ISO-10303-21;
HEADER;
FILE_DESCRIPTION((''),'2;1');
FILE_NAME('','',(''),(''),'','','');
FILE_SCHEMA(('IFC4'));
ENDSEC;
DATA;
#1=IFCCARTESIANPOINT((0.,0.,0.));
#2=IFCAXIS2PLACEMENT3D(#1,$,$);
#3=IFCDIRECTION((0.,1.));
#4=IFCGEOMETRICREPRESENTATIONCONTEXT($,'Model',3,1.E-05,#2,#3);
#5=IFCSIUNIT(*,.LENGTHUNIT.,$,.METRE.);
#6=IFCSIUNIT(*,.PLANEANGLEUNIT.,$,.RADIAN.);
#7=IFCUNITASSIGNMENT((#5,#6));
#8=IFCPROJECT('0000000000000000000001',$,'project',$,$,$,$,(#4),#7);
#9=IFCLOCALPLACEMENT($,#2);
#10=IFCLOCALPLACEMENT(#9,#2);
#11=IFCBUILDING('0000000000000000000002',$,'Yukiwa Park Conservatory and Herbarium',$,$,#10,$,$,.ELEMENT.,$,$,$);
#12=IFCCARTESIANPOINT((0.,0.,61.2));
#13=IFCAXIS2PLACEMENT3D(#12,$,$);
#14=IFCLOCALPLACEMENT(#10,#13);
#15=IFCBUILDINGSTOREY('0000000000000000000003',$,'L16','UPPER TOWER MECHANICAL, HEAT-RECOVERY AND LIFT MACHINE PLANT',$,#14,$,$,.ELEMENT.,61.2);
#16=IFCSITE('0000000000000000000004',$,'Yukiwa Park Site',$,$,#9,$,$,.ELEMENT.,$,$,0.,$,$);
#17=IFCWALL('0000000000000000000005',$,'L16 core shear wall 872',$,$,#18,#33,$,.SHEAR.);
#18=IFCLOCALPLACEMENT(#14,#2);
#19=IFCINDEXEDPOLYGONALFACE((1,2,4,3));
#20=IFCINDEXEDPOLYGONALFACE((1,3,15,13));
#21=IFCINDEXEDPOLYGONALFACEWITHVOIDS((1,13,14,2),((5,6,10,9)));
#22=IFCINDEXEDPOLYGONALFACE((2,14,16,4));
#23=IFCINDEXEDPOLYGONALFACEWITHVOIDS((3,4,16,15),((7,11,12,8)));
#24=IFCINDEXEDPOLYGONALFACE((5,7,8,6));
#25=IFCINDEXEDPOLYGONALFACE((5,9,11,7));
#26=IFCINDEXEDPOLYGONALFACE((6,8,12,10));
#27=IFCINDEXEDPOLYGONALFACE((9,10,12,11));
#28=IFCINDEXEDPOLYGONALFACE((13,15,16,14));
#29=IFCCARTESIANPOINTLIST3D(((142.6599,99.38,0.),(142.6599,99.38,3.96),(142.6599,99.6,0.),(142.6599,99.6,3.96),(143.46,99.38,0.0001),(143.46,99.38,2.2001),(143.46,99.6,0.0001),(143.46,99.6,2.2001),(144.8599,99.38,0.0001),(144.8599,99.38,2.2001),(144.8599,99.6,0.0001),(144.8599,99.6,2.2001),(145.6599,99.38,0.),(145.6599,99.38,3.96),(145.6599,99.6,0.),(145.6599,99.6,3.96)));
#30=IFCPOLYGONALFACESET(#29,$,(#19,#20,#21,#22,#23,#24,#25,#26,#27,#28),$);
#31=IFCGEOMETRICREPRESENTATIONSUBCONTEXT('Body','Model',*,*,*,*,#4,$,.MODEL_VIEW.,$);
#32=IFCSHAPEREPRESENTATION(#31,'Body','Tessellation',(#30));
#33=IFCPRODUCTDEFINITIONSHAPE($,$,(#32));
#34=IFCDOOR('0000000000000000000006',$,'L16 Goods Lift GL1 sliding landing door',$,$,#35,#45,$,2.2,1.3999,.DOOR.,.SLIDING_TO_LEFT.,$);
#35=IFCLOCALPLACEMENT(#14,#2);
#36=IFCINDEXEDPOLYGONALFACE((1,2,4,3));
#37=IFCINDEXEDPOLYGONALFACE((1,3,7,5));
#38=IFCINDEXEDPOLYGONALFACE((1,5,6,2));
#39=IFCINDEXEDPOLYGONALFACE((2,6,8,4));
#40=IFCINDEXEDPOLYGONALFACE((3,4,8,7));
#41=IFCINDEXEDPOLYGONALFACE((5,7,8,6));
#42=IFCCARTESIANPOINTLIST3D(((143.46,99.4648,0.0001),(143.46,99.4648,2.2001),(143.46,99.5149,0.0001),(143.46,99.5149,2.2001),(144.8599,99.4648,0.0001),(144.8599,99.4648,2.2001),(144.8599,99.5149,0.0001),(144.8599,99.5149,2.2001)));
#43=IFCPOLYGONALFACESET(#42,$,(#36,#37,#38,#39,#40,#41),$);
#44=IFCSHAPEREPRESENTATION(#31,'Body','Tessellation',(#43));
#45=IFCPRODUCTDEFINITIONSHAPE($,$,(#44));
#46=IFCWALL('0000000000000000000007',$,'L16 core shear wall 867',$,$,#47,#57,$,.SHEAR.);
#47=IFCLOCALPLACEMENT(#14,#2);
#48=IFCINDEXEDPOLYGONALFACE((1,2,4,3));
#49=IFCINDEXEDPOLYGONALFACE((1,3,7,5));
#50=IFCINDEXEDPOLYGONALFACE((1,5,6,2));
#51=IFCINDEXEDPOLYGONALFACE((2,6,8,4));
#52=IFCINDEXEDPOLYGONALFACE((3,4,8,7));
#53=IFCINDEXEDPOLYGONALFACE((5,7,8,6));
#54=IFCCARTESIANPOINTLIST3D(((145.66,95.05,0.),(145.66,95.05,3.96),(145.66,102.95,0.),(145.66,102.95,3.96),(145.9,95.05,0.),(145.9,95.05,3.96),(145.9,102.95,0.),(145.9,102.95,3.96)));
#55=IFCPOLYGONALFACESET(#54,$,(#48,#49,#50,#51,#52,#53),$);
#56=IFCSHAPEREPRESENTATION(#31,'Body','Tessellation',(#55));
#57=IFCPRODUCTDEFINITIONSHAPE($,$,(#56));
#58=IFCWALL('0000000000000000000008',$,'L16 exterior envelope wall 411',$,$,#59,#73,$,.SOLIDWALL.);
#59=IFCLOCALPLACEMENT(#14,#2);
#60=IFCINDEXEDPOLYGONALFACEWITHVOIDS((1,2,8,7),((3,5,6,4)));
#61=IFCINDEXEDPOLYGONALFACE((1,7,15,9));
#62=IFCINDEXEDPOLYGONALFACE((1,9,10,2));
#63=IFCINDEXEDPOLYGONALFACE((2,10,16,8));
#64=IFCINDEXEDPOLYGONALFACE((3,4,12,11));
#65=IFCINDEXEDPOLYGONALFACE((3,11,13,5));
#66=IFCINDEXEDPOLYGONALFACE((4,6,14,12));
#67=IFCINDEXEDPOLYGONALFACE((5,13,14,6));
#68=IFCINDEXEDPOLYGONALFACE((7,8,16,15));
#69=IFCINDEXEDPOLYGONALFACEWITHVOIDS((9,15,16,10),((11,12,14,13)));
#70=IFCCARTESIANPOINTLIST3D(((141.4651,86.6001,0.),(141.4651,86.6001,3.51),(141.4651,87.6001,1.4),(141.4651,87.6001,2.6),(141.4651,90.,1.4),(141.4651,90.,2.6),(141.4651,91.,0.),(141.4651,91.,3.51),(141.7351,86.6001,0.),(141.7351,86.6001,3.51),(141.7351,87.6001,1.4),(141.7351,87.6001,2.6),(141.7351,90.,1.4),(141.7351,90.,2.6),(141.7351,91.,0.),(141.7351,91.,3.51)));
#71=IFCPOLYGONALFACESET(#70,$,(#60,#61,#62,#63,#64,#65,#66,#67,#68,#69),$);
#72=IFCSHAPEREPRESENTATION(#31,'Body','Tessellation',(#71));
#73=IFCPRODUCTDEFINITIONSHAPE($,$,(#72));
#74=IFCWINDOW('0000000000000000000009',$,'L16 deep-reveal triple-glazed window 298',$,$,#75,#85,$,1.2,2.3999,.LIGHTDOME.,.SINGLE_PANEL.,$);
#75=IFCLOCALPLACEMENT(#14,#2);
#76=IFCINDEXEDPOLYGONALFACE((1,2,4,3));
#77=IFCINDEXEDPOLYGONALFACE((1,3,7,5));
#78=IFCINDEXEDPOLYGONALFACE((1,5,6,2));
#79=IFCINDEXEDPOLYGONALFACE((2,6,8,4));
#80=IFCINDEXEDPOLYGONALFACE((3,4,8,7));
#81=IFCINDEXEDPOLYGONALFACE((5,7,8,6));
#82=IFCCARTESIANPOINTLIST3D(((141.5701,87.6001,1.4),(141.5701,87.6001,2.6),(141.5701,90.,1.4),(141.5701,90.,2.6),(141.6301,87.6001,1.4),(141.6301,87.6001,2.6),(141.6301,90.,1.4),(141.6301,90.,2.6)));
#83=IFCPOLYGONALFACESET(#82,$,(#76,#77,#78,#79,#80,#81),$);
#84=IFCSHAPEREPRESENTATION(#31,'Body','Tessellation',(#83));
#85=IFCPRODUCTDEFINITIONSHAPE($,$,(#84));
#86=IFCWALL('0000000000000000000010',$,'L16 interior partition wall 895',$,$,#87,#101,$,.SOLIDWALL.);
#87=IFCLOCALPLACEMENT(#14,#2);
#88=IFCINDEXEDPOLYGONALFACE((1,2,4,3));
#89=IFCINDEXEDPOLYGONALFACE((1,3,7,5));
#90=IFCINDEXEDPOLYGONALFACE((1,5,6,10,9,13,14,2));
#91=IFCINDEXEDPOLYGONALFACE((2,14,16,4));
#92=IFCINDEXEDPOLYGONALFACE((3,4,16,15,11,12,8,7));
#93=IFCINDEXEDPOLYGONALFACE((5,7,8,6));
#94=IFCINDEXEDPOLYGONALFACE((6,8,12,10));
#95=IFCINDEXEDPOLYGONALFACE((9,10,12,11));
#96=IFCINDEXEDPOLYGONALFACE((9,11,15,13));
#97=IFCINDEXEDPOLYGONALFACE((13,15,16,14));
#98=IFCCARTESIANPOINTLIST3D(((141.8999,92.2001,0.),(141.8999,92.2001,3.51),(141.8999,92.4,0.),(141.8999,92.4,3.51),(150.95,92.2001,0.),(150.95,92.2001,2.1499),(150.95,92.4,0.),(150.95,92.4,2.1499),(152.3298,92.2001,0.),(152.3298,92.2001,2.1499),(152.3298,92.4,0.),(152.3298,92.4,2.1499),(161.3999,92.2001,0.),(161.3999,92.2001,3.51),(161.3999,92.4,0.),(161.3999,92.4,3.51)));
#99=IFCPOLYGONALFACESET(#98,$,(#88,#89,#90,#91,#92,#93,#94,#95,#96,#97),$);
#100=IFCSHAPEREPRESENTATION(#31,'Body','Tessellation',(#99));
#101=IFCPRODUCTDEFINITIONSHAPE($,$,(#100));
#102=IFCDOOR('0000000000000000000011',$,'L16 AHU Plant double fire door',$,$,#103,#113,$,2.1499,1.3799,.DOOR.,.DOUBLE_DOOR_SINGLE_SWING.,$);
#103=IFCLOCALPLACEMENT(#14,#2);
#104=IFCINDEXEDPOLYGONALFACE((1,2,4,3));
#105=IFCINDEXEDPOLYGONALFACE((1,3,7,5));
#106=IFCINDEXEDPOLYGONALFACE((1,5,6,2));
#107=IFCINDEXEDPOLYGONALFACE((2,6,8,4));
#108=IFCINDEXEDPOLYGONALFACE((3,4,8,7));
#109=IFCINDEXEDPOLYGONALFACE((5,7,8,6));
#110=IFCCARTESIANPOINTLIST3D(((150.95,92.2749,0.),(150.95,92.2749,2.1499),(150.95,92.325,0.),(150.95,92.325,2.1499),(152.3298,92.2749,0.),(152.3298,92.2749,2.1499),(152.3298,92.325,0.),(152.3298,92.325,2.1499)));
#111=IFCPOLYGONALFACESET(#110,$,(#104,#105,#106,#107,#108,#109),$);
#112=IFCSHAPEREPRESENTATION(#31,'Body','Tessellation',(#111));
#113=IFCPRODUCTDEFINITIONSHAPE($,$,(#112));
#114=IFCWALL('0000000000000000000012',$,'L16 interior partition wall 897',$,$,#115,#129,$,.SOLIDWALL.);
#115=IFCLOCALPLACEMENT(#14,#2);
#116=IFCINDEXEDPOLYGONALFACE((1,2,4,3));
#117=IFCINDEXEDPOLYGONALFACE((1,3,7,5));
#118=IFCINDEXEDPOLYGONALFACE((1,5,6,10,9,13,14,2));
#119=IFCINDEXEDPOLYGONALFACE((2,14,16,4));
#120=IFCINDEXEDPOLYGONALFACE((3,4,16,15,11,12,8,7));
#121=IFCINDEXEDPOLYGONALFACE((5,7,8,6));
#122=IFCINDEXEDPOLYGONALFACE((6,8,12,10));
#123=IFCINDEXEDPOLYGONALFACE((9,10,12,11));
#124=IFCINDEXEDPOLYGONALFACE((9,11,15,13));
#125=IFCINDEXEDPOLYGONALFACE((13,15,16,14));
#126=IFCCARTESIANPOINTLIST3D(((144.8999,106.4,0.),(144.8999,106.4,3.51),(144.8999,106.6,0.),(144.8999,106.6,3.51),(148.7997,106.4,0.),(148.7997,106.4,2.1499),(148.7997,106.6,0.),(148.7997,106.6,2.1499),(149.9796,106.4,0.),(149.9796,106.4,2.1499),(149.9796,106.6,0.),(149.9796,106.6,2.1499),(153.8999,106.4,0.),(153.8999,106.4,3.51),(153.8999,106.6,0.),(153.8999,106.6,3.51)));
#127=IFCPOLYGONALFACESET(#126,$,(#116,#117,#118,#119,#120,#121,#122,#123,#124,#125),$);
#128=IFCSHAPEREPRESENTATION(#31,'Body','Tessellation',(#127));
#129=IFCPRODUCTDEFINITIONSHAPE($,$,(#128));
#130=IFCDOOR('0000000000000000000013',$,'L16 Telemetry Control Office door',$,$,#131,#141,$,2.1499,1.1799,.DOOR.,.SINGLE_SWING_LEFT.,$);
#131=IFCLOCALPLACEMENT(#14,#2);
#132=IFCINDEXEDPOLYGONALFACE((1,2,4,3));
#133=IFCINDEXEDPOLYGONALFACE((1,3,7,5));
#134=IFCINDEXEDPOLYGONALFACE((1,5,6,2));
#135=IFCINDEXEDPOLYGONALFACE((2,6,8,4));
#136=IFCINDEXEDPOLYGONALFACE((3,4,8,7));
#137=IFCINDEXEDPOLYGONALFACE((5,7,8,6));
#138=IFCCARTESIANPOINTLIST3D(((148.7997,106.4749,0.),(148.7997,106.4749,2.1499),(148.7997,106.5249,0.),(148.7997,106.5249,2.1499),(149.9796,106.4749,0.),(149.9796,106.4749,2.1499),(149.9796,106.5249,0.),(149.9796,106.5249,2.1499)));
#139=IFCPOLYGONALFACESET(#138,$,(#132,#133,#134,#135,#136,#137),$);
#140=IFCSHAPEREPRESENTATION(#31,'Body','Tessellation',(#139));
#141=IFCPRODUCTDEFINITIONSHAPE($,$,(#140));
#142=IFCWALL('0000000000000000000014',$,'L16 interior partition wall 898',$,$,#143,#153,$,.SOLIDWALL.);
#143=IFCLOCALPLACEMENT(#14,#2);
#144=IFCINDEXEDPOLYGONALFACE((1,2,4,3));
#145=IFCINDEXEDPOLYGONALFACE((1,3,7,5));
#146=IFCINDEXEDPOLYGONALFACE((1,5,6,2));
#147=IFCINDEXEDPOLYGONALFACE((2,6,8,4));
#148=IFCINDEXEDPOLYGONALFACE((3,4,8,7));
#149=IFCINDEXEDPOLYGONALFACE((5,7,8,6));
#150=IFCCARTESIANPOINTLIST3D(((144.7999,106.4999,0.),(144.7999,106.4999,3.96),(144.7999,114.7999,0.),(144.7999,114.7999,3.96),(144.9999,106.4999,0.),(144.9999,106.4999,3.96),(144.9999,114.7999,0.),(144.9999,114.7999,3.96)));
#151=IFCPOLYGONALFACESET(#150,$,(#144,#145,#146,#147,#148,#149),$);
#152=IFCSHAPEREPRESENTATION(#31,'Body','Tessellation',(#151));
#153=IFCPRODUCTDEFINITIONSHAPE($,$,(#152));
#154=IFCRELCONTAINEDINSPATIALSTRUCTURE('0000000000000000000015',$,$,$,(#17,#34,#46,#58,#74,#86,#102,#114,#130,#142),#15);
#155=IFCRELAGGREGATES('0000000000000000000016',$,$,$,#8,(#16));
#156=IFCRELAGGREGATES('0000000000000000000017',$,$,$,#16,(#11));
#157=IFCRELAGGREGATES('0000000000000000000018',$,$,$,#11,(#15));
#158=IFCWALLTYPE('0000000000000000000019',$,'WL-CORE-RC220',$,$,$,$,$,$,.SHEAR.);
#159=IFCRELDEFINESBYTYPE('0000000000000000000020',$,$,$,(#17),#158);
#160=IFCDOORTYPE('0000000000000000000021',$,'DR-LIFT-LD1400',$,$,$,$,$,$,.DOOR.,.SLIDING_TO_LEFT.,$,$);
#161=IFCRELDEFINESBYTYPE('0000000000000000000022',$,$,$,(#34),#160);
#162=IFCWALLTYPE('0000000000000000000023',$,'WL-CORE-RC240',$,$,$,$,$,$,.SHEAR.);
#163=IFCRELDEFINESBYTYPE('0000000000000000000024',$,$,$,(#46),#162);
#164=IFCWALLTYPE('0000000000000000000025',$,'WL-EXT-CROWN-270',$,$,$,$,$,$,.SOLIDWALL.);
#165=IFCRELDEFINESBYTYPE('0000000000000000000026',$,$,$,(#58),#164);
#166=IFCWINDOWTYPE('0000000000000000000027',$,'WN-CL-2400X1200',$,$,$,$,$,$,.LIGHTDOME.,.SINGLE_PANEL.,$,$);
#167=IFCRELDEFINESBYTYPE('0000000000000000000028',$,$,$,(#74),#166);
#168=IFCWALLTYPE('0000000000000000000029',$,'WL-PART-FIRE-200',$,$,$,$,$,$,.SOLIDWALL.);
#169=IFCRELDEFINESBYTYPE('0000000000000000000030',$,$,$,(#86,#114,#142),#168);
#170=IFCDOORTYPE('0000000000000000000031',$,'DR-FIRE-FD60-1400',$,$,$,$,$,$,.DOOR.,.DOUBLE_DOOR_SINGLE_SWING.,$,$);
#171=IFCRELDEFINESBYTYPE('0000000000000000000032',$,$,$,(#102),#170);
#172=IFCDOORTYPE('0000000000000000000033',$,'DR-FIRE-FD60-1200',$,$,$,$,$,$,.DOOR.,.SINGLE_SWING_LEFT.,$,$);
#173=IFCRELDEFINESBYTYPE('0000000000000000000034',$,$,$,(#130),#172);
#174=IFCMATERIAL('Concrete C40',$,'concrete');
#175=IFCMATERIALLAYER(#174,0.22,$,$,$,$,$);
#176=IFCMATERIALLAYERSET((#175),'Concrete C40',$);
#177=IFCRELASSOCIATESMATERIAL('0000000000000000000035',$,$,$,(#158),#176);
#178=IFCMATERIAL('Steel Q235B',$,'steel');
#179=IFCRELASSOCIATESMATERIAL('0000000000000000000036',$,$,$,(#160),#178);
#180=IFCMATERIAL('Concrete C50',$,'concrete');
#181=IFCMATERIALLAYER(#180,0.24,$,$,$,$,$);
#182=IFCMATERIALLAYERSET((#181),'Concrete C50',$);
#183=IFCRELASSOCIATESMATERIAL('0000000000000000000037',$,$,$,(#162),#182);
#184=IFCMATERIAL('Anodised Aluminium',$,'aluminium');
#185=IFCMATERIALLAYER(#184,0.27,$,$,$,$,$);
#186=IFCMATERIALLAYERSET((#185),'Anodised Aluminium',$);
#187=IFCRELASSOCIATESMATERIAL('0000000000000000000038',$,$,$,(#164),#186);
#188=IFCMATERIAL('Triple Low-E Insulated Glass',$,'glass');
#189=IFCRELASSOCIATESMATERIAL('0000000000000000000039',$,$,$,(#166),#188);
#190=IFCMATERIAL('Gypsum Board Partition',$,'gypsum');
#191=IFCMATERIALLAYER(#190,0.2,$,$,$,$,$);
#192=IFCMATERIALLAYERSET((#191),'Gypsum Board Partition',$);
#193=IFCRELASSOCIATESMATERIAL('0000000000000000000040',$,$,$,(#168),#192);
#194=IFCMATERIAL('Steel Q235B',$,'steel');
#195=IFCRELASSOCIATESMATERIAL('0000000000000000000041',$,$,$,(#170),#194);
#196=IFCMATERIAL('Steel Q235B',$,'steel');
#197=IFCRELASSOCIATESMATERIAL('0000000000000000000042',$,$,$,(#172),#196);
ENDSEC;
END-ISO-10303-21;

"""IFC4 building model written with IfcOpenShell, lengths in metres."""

from ifc_helpers import new_model, si_unit, direction, frame, frame_2d, origin, place, context, subcontext, project, spatial, rectangle, extrude, material, layer, layer_set, type_object, element, fill, save


model = new_model("IFC4")

# Units and contexts
model_context = context("Model", 3, precision=1e-05, world=origin(), true_north=direction((0.0, 1.0)))
body_context = subcontext(model_context, "Body", "Model", "MODEL_VIEW")
ifc_project = project(units=[si_unit("LENGTHUNIT", "METRE"), si_unit("PLANEANGLEUNIT", "RADIAN")], contexts=[model_context])

# Site, building, storey
site_placement = place(None, origin())
site = spatial("IfcSite", under=ifc_project, at=site_placement, Name="Yukiwa Park Site", CompositionType="ELEMENT", RefElevation=0.0)
building_placement = place(site_placement, origin())
building = spatial("IfcBuilding", under=site, at=building_placement, Name="Yukiwa Park Conservatory and Herbarium", CompositionType="ELEMENT")
storey_placement = place(building_placement, frame((0.0, 0.0, 61.2)))
storey = spatial("IfcBuildingStorey", under=building, at=storey_placement, Name="L16", Description="UPPER TOWER MECHANICAL, HEAT-RECOVERY AND LIFT MACHINE PLANT", CompositionType="ELEMENT", Elevation=61.2)

# Shared definitions
ifc_material_1 = material(Name="Concrete C40", Category="concrete")
ifc_layer_1 = layer(ifc_material_1, 0.22)
ifc_layer_set_1 = layer_set([ifc_layer_1], Name="Concrete C40")
wall_type_1 = type_object("IfcWallType", Name="WL-CORE-RC220", PredefinedType="SHEAR", material=ifc_layer_set_1)

# Wall, opening, door
wall_1_placement = place(storey_placement, frame((142.6599, 99.49, 0.0), z_axis=(0.0, 0.0, 1.0), x_axis=(1.0, 0.0, 0.0)))
wall_1 = element("IfcWall", 1, at=wall_1_placement, inside=storey, type_object=wall_type_1, Name="L16 core shear wall 872", PredefinedType="SHEAR", context=body_context, shape_type="SweptSolid", body=[
    extrude(rectangle(XDim=3.0, YDim=0.22, at=frame_2d((1.5, 0.0))), origin(), (0.0, 0.0, 1.0), 3.96),
])
opening_1_placement = place(wall_1_placement, frame((0.8, 0.0, 0.0)))
opening_1 = element("IfcOpeningElement", 2, at=opening_1_placement, cuts=wall_1, PredefinedType="OPENING", context=body_context, shape_type="SweptSolid", body=[
    extrude(rectangle(XDim=1.3999, YDim=2.2, at=frame_2d((0.7, 1.1001))), frame((0.0, 0.1201, 0.0), z_axis=(0.0, -1.0, 0.0), x_axis=(1.0, 0.0, 0.0)), (0.0, 0.0, 1.0), 0.24),
])
ifc_material_2 = material(Name="Steel Q235B", Category="steel")
door_type_1 = type_object("IfcDoorType", Name="DR-LIFT-LD1400", OperationType="SLIDING_TO_LEFT", PredefinedType="DOOR", material=ifc_material_2)
door_1_placement = place(opening_1_placement, origin())
door_1 = element("IfcDoor", 3, at=door_1_placement, inside=storey, type_object=door_type_1, Name="L16 Goods Lift GL1 sliding landing door", OperationType="SLIDING_TO_LEFT", OverallHeight=2.2, OverallWidth=1.3999, PredefinedType="DOOR", context=body_context, shape_type="SweptSolid", body=[
    extrude(rectangle(XDim=1.3999, YDim=2.2, at=frame_2d((0.7, 1.1001))), frame((0.0, 0.0249, 0.0), z_axis=(0.0, -1.0, 0.0), x_axis=(1.0, 0.0, 0.0)), (0.0, 0.0, 1.0), 0.05),
])
fill(opening_1, door_1)

# Wall
ifc_material_3 = material(Name="Concrete C50", Category="concrete")
ifc_layer_2 = layer(ifc_material_3, 0.24)
ifc_layer_set_2 = layer_set([ifc_layer_2], Name="Concrete C50")
wall_type_2 = type_object("IfcWallType", Name="WL-CORE-RC240", PredefinedType="SHEAR", material=ifc_layer_set_2)
wall_2_placement = place(storey_placement, frame((145.78, 95.05, 0.0), z_axis=(0.0, 0.0, 1.0), x_axis=(0.0, 1.0, 0.0)))
element("IfcWall", 4, at=wall_2_placement, inside=storey, type_object=wall_type_2, Name="L16 core shear wall 867", PredefinedType="SHEAR", context=body_context, shape_type="SweptSolid", body=[
    extrude(rectangle(XDim=7.8999, YDim=0.24, at=frame_2d((3.95, 0.0))), origin(), (0.0, 0.0, 1.0), 3.96),
])

# Wall, opening, window
ifc_material_4 = material(Name="Anodised Aluminium", Category="aluminium")
ifc_layer_3 = layer(ifc_material_4, 0.27)
ifc_layer_set_3 = layer_set([ifc_layer_3], Name="Anodised Aluminium")
wall_type_3 = type_object("IfcWallType", Name="WL-EXT-CROWN-270", PredefinedType="SOLIDWALL", material=ifc_layer_set_3)
wall_3_placement = place(storey_placement, frame((141.6001, 91.0, 0.0), z_axis=(0.0, 0.0, 1.0), x_axis=(0.0, -1.0, 0.0)))
wall_3 = element("IfcWall", 5, at=wall_3_placement, inside=storey, type_object=wall_type_3, Name="L16 exterior envelope wall 411", PredefinedType="SOLIDWALL", context=body_context, shape_type="SweptSolid", body=[
    extrude(rectangle(XDim=4.3999, YDim=0.27, at=frame_2d((2.2, 0.0))), origin(), (0.0, 0.0, 1.0), 3.51),
])
opening_2_placement = place(wall_3_placement, frame((1.0, 0.0, 1.3999)))
opening_2 = element("IfcOpeningElement", 6, at=opening_2_placement, cuts=wall_3, PredefinedType="OPENING", context=body_context, shape_type="SweptSolid", body=[
    extrude(rectangle(XDim=2.3999, YDim=1.2, at=frame_2d((1.2, 0.6001))), frame((0.0, 0.145, 0.0), z_axis=(0.0, -1.0, 0.0), x_axis=(1.0, 0.0, 0.0)), (0.0, 0.0, 1.0), 0.29),
])
ifc_material_5 = material(Name="Triple Low-E Insulated Glass", Category="glass")
window_type = type_object("IfcWindowType", Name="WN-CL-2400X1200", PartitioningType="SINGLE_PANEL", PredefinedType="LIGHTDOME", material=ifc_material_5)
window_placement = place(opening_2_placement, origin())
window = element("IfcWindow", 7, at=window_placement, inside=storey, type_object=window_type, Name="L16 deep-reveal triple-glazed window 298", OverallHeight=1.2, OverallWidth=2.3999, PartitioningType="SINGLE_PANEL", PredefinedType="LIGHTDOME", context=body_context, shape_type="SweptSolid", body=[
    extrude(rectangle(XDim=2.3999, YDim=1.2, at=frame_2d((1.2, 0.6001))), frame((0.0, 0.03, 0.0), z_axis=(0.0, -1.0, 0.0), x_axis=(1.0, 0.0, 0.0)), (0.0, 0.0, 1.0), 0.0601),
])
fill(opening_2, window)

# Walls, openings, doors
ifc_material_6 = material(Name="Gypsum Board Partition", Category="gypsum")
ifc_layer_4 = layer(ifc_material_6, 0.2)
ifc_layer_set_4 = layer_set([ifc_layer_4], Name="Gypsum Board Partition")
wall_type_4 = type_object("IfcWallType", Name="WL-PART-FIRE-200", PredefinedType="SOLIDWALL", material=ifc_layer_set_4)
wall_4_placement = place(storey_placement, frame((141.8999, 92.3, 0.0), z_axis=(0.0, 0.0, 1.0), x_axis=(1.0, 0.0, 0.0)))
wall_4 = element("IfcWall", 8, at=wall_4_placement, inside=storey, type_object=wall_type_4, Name="L16 interior partition wall 895", PredefinedType="SOLIDWALL", context=body_context, shape_type="SweptSolid", body=[
    extrude(rectangle(XDim=19.5, YDim=0.2, at=frame_2d((9.75, 0.0))), origin(), (0.0, 0.0, 1.0), 3.51),
])
opening_3_placement = place(wall_4_placement, frame((9.05, 0.0, 0.0)))
opening_3 = element("IfcOpeningElement", 9, at=opening_3_placement, cuts=wall_4, PredefinedType="OPENING", context=body_context, shape_type="SweptSolid", body=[
    extrude(rectangle(XDim=1.3799, YDim=2.1499, at=frame_2d((0.6899, 1.075))), frame((0.0, 0.1099, 0.0), z_axis=(0.0, -1.0, 0.0), x_axis=(1.0, 0.0, 0.0)), (0.0, 0.0, 1.0), 0.22),
])
ifc_material_7 = material(Name="Steel Q235B", Category="steel")
door_type_2 = type_object("IfcDoorType", Name="DR-FIRE-FD60-1400", OperationType="DOUBLE_DOOR_SINGLE_SWING", PredefinedType="DOOR", material=ifc_material_7)
door_2_placement = place(opening_3_placement, origin())
door_2 = element("IfcDoor", 10, at=door_2_placement, inside=storey, type_object=door_type_2, Name="L16 AHU Plant double fire door", OperationType="DOUBLE_DOOR_SINGLE_SWING", OverallHeight=2.1499, OverallWidth=1.3799, PredefinedType="DOOR", context=body_context, shape_type="SweptSolid", body=[
    extrude(rectangle(XDim=1.3799, YDim=2.1499, at=frame_2d((0.6899, 1.075))), frame((0.0, 0.0249, 0.0), z_axis=(0.0, -1.0, 0.0), x_axis=(1.0, 0.0, 0.0)), (0.0, 0.0, 1.0), 0.05),
])
fill(opening_3, door_2)
wall_5_placement = place(storey_placement, frame((144.8999, 106.5, 0.0), z_axis=(0.0, 0.0, 1.0), x_axis=(1.0, 0.0, 0.0)))
wall_5 = element("IfcWall", 11, at=wall_5_placement, inside=storey, type_object=wall_type_4, Name="L16 interior partition wall 897", PredefinedType="SOLIDWALL", context=body_context, shape_type="SweptSolid", body=[
    extrude(rectangle(XDim=9.0, YDim=0.2, at=frame_2d((4.5, 0.0))), origin(), (0.0, 0.0, 1.0), 3.51),
])
opening_4_placement = place(wall_5_placement, frame((3.8999, 0.0, 0.0)))
opening_4 = element("IfcOpeningElement", 12, at=opening_4_placement, cuts=wall_5, PredefinedType="OPENING", context=body_context, shape_type="SweptSolid", body=[
    extrude(rectangle(XDim=1.1799, YDim=2.1499, at=frame_2d((0.5898, 1.075))), frame((0.0, 0.1099, 0.0), z_axis=(0.0, -1.0, 0.0), x_axis=(1.0, 0.0, 0.0)), (0.0, 0.0, 1.0), 0.22),
])
ifc_material_8 = material(Name="Steel Q235B", Category="steel")
door_type_3 = type_object("IfcDoorType", Name="DR-FIRE-FD60-1200", OperationType="SINGLE_SWING_LEFT", PredefinedType="DOOR", material=ifc_material_8)
door_3_placement = place(opening_4_placement, origin())
door_3 = element("IfcDoor", 13, at=door_3_placement, inside=storey, type_object=door_type_3, Name="L16 Telemetry Control Office door", OperationType="SINGLE_SWING_LEFT", OverallHeight=2.1499, OverallWidth=1.1799, PredefinedType="DOOR", context=body_context, shape_type="SweptSolid", body=[
    extrude(rectangle(XDim=1.1799, YDim=2.1499, at=frame_2d((0.5898, 1.075))), frame((0.0, 0.0249, 0.0), z_axis=(0.0, -1.0, 0.0), x_axis=(1.0, 0.0, 0.0)), (0.0, 0.0, 1.0), 0.05),
])
fill(opening_4, door_3)

# Wall
wall_6_placement = place(storey_placement, frame((144.8999, 106.5, 0.0), z_axis=(0.0, 0.0, 1.0), x_axis=(0.0, 1.0, 0.0)))
element("IfcWall", 14, at=wall_6_placement, inside=storey, type_object=wall_type_4, Name="L16 interior partition wall 898", PredefinedType="SOLIDWALL", context=body_context, shape_type="SweptSolid", body=[
    extrude(rectangle(XDim=8.3, YDim=0.2, at=frame_2d((4.1499, 0.0))), origin(), (0.0, 0.0, 1.0), 3.96),
])

save(model, "model.ifc")
